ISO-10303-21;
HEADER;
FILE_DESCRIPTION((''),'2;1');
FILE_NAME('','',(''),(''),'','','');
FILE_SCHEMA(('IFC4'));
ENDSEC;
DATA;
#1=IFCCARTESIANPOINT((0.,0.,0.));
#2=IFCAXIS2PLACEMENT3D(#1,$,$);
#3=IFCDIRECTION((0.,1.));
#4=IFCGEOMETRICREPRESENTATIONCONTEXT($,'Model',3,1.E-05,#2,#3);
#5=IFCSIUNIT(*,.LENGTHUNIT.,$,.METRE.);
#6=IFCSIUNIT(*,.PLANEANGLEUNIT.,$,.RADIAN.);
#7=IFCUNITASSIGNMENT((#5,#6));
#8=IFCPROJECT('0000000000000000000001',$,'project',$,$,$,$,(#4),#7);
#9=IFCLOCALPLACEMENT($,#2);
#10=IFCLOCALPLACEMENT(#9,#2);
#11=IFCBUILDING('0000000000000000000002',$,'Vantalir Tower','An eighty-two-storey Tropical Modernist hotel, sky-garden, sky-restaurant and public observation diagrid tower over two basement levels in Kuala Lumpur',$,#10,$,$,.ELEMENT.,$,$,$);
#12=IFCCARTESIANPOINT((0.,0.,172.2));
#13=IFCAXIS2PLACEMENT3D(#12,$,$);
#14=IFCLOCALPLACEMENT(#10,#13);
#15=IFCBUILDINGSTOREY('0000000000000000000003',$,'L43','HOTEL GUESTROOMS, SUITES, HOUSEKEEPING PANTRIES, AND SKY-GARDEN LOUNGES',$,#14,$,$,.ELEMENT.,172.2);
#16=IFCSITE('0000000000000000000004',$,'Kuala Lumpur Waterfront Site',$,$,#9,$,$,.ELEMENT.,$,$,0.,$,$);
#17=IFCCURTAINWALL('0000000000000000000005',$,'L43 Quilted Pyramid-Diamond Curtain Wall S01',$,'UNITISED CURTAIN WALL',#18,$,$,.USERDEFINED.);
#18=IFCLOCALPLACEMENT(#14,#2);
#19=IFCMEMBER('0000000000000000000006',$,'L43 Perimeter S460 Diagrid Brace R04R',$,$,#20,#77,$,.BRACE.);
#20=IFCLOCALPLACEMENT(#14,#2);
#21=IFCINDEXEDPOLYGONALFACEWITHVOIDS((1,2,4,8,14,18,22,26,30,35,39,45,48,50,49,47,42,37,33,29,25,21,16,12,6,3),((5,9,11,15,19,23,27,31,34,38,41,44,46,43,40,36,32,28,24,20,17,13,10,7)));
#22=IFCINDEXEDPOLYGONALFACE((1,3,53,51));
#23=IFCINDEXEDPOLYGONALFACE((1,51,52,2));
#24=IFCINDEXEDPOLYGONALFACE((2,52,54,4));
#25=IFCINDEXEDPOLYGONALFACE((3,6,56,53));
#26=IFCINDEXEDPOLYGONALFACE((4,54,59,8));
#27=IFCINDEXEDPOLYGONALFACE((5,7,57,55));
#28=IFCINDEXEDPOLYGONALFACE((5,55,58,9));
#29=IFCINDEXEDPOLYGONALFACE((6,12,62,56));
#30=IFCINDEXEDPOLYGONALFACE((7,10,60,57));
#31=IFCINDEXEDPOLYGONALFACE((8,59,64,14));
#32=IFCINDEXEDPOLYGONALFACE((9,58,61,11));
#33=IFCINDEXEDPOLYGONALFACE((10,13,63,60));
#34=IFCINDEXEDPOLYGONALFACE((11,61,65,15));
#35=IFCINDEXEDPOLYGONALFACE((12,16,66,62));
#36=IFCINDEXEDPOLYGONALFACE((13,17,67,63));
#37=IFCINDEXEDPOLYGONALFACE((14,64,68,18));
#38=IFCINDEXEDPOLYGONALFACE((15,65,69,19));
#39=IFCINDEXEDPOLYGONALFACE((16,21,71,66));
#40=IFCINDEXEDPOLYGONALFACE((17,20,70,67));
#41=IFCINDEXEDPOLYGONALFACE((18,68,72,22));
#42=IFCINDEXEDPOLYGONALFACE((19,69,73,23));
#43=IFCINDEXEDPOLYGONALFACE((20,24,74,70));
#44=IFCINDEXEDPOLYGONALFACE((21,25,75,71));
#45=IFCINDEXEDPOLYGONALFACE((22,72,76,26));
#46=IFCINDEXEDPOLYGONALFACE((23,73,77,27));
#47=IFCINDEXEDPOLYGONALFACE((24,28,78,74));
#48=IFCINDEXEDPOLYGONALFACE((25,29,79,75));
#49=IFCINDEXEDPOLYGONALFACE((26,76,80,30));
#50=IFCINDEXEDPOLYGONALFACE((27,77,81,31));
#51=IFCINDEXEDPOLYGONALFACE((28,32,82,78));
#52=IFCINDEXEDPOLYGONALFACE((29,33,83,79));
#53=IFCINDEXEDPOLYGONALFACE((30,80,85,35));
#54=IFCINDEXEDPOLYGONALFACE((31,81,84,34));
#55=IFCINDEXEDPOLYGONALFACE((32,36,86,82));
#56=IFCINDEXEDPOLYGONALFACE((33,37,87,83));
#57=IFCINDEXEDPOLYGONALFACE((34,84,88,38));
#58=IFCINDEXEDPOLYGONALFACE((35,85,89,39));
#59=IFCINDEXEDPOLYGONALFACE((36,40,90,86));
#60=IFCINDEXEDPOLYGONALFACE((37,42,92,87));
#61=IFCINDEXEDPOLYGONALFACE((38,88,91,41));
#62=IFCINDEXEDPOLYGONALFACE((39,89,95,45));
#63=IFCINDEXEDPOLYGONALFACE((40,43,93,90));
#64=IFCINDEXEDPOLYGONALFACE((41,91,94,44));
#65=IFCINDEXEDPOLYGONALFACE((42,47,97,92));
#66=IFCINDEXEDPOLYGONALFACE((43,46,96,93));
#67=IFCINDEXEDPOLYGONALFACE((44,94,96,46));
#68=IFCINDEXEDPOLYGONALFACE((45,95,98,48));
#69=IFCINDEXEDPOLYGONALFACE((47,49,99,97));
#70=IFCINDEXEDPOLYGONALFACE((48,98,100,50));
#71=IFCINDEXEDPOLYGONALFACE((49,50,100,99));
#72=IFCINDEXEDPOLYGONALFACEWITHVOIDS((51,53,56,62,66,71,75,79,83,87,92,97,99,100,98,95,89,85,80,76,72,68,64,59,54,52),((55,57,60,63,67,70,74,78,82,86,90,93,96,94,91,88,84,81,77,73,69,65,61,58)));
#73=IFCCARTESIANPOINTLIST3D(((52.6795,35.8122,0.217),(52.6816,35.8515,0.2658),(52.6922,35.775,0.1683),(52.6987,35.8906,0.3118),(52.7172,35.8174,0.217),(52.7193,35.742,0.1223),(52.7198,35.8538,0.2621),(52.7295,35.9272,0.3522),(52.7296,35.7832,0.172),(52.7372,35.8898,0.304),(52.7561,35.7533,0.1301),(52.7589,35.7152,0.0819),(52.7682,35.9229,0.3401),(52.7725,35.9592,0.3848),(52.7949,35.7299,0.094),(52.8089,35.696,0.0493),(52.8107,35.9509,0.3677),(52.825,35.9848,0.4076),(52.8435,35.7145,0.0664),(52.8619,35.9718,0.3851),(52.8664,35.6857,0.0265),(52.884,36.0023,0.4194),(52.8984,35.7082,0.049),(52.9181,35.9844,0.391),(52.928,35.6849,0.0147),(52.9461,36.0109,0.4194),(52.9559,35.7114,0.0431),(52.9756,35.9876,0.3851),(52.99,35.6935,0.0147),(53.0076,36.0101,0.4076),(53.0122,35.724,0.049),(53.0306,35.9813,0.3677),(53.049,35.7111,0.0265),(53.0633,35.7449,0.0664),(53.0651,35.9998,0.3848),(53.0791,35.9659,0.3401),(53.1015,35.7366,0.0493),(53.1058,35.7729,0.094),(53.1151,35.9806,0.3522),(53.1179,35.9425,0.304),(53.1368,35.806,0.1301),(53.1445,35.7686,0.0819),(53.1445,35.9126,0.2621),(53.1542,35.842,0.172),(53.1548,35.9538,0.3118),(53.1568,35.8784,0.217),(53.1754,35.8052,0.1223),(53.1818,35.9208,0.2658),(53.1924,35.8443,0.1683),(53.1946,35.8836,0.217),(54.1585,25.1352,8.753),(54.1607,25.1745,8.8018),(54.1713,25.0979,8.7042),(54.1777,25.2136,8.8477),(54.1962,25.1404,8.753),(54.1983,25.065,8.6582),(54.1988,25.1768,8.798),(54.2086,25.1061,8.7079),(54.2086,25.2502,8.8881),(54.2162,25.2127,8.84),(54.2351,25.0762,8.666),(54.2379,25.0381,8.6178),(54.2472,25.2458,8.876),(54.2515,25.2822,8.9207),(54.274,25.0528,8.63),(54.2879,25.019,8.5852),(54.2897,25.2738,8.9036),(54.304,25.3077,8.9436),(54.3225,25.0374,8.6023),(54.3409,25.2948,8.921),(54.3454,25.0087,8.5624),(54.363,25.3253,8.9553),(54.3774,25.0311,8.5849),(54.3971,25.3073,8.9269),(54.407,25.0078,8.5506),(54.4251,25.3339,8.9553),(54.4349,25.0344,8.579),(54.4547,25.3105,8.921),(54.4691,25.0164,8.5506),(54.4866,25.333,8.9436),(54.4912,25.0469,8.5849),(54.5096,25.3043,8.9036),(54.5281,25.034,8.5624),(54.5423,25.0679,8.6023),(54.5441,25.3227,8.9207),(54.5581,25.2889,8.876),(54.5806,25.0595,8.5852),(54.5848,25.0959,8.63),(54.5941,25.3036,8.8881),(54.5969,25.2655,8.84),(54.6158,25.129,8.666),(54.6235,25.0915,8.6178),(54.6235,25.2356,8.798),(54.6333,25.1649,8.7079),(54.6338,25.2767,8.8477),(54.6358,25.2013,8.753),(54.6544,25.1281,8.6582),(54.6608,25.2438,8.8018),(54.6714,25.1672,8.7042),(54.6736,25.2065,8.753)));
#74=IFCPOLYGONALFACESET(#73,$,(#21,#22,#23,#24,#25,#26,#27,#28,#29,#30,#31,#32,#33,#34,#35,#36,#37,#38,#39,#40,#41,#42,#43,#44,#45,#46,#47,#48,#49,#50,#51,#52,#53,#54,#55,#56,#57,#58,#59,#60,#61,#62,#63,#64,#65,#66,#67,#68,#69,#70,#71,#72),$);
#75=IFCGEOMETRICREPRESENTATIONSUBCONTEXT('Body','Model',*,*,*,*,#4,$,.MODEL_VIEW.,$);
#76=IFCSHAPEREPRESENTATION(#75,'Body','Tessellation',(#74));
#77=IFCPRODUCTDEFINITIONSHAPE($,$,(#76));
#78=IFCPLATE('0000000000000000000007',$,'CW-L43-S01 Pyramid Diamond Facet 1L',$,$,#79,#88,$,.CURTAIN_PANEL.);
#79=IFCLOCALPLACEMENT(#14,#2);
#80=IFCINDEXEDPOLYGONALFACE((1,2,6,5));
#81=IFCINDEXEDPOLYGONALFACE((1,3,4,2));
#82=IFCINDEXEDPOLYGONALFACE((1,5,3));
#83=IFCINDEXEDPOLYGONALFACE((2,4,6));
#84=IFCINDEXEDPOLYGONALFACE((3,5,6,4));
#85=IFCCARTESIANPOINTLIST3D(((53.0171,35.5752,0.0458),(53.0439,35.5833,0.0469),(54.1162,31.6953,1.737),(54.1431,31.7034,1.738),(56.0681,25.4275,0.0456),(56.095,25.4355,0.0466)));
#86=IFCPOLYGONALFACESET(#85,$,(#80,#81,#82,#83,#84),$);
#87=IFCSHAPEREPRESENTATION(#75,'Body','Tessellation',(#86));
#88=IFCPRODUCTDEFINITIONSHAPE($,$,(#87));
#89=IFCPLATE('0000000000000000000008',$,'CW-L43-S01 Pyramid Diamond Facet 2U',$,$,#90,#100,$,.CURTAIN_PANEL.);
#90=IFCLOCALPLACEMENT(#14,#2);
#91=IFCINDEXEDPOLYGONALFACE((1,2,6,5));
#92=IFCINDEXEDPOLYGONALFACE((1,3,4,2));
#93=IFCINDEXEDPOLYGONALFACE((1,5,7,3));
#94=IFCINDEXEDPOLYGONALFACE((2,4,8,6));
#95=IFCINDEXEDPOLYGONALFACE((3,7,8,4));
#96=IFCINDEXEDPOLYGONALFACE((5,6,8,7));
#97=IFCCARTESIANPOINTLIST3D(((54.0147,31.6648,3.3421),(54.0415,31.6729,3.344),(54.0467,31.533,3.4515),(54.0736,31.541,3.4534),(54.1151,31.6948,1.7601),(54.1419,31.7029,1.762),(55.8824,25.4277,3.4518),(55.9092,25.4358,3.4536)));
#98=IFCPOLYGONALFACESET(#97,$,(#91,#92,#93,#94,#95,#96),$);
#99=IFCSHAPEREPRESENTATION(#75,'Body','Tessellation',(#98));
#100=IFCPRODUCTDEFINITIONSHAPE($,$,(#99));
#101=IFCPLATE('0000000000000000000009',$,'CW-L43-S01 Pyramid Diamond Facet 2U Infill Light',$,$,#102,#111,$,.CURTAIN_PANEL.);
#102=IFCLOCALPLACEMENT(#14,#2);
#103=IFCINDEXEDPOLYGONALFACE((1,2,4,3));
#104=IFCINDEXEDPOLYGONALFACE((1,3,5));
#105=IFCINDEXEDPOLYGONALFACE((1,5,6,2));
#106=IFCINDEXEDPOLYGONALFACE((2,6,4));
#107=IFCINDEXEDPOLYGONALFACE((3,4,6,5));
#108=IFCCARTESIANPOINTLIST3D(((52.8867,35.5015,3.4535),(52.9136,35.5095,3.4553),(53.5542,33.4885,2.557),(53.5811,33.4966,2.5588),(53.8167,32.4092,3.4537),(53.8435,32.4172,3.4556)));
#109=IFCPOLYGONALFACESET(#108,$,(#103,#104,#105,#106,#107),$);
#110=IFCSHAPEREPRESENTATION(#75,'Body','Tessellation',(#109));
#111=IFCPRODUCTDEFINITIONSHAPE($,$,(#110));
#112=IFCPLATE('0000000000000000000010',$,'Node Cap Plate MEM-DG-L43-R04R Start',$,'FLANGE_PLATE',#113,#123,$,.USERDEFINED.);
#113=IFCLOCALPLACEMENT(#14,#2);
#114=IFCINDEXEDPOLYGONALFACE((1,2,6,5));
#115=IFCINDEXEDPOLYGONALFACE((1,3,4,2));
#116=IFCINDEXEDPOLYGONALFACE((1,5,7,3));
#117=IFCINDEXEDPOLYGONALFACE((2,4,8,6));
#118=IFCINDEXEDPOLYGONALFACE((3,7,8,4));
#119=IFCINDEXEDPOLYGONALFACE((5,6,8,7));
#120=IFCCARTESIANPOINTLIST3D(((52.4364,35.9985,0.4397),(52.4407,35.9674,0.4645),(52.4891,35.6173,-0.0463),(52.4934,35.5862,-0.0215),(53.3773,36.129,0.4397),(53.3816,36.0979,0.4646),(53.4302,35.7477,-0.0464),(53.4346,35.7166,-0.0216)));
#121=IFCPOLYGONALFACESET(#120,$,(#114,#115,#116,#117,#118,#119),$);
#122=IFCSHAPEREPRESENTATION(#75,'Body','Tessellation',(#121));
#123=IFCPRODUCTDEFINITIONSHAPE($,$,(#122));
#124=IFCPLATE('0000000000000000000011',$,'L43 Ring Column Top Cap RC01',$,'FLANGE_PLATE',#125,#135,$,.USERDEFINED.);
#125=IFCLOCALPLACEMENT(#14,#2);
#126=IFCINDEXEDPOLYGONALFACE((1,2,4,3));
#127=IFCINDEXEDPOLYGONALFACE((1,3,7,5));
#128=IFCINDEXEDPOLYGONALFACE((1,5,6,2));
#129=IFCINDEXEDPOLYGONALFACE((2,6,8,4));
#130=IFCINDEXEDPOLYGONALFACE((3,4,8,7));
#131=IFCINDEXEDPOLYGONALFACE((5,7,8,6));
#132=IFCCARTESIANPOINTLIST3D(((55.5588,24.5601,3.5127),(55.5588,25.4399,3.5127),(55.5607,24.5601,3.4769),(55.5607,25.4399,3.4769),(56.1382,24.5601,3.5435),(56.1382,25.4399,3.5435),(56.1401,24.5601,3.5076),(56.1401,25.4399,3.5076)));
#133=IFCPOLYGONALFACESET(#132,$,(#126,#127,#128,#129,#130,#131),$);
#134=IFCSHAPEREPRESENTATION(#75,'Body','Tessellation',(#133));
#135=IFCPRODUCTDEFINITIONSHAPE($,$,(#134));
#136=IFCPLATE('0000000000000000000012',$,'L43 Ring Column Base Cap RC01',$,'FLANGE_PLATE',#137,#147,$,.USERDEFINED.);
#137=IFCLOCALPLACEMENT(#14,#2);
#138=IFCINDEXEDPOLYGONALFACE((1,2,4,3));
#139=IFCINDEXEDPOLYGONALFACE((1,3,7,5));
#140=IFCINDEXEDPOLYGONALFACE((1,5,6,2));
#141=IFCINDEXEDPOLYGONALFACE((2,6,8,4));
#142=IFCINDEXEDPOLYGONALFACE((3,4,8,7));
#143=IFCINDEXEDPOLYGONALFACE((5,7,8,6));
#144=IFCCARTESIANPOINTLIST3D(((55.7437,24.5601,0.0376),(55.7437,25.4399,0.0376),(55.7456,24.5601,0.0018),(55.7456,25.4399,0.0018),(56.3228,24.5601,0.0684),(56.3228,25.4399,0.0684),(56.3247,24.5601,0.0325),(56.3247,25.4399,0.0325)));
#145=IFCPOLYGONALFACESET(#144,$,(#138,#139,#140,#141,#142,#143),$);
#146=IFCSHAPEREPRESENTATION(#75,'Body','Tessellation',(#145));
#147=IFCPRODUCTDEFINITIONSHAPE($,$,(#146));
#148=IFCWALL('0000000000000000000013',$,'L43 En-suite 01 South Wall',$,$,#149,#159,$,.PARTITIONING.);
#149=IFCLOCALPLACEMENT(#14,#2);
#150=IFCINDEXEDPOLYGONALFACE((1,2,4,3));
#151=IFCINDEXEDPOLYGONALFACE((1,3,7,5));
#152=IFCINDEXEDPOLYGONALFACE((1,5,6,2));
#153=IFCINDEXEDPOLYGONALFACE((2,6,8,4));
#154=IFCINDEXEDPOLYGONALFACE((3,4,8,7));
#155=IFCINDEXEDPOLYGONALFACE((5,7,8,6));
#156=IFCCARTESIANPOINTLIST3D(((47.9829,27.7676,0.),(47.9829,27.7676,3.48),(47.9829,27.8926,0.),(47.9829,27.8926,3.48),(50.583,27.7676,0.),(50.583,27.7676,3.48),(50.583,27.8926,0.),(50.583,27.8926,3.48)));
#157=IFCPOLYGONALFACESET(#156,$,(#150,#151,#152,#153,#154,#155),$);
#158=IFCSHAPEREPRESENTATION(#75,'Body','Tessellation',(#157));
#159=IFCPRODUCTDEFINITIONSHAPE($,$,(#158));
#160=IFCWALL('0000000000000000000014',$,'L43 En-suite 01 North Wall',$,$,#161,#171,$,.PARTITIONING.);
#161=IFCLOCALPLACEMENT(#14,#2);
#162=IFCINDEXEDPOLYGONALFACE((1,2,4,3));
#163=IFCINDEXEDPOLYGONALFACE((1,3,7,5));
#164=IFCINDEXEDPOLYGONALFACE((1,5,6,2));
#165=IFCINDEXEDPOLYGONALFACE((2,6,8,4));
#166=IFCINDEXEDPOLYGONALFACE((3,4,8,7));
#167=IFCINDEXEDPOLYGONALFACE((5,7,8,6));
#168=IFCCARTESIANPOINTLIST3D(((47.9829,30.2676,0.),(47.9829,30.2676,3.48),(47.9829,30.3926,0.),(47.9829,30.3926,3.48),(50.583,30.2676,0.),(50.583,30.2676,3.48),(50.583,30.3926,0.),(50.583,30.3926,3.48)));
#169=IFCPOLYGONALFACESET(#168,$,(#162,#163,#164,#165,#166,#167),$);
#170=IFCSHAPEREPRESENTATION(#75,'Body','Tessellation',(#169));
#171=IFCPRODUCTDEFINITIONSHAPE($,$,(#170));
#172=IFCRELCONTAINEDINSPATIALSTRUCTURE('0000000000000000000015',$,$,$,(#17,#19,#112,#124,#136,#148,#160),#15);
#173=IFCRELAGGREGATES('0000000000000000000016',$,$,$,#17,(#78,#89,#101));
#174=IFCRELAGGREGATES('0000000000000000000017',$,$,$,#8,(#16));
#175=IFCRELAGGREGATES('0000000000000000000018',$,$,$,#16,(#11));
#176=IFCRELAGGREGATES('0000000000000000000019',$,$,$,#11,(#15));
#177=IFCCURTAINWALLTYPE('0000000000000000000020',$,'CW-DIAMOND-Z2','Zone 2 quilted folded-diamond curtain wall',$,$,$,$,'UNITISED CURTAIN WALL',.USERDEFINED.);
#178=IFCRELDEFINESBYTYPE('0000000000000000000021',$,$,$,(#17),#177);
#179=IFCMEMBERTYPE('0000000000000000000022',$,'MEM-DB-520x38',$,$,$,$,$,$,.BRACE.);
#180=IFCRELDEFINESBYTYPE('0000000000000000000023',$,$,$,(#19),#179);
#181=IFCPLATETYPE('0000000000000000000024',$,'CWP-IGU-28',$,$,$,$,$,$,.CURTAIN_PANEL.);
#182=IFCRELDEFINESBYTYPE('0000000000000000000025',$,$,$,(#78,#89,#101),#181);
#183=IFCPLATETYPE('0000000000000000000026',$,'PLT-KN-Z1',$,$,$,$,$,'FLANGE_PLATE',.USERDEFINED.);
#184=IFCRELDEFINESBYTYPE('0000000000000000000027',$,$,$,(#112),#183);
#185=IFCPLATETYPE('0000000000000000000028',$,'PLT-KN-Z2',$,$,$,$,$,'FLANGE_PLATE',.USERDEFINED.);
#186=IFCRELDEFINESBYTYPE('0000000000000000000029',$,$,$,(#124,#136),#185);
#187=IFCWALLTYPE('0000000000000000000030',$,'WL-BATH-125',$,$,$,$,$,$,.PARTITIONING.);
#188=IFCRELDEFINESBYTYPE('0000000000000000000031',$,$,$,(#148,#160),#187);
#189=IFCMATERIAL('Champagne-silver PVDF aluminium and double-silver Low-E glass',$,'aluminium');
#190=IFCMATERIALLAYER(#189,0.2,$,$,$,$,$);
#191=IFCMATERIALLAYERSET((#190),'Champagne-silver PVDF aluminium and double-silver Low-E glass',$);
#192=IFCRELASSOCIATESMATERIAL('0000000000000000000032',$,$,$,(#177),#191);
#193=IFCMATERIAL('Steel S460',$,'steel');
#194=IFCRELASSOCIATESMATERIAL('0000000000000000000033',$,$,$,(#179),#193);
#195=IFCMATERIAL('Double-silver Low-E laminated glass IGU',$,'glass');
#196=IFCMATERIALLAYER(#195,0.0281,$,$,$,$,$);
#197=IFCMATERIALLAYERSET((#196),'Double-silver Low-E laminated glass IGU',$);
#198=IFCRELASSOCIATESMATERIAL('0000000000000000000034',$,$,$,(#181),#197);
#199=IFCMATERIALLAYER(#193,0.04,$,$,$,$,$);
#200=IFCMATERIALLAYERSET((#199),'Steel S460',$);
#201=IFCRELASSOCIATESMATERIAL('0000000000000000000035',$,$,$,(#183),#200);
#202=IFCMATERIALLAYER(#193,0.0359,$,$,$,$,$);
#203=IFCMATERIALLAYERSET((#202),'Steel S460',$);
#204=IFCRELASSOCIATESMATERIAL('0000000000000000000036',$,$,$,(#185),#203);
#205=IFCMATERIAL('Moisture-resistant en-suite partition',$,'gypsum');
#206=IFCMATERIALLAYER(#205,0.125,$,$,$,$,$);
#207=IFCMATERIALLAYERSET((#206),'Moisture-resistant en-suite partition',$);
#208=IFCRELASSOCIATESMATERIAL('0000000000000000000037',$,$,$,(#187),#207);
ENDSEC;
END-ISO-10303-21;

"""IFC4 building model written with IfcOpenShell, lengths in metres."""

from ifc_helpers import new_model, si_unit, direction, frame, frame_2d, origin, origin_2d, place, context, subcontext, project, spatial, polyline, rectangle, hollow_circle, outline, extrude, material, layer, layer_set, material_profile, profile_set, type_object, element, aggregate, save


model = new_model("IFC4")

# Units and contexts
model_context = context("Model", 3, precision=1e-05, world=origin(), true_north=direction((0.0, 1.0)))
body_context = subcontext(model_context, "Body", "Model", "MODEL_VIEW")
ifc_project = project(units=[si_unit("LENGTHUNIT", "METRE"), si_unit("PLANEANGLEUNIT", "RADIAN")], contexts=[model_context])

# Site, building, storey
site_placement = place(None, origin())
site = spatial("IfcSite", under=ifc_project, at=site_placement, Name="Kuala Lumpur Waterfront Site", CompositionType="ELEMENT", RefElevation=0.0)
building_placement = place(site_placement, origin())
building = spatial("IfcBuilding", under=site, at=building_placement, Name="Vantalir Tower", Description="An eighty-two-storey Tropical Modernist hotel, sky-garden, sky-restaurant and public observation diagrid tower over two basement levels in Kuala Lumpur", CompositionType="ELEMENT")
storey_placement = place(building_placement, frame((0.0, 0.0, 172.2)))
storey = spatial("IfcBuildingStorey", under=building, at=storey_placement, Name="L43", Description="HOTEL GUESTROOMS, SUITES, HOUSEKEEPING PANTRIES, AND SKY-GARDEN LOUNGES", CompositionType="ELEMENT", Elevation=172.2)

# Shared definitions
ifc_material_1 = material(Name="Steel S460", Category="steel")

# Curtain wall
ifc_material_2 = material(Name="Champagne-silver PVDF aluminium and double-silver Low-E glass", Category="aluminium")
ifc_layer_1 = layer(ifc_material_2, 0.2)
ifc_layer_set_1 = layer_set([ifc_layer_1], Name="Champagne-silver PVDF aluminium and double-silver Low-E glass")
curtain_wall_type = type_object("IfcCurtainWallType", Name="CW-DIAMOND-Z2", Description="Zone 2 quilted folded-diamond curtain wall", ElementType="UNITISED CURTAIN WALL", PredefinedType="USERDEFINED", material=ifc_layer_set_1)
curtain_wall_placement = place(storey_placement, origin())
curtain_wall = element("IfcCurtainWall", 1, at=curtain_wall_placement, inside=storey, type_object=curtain_wall_type, Name="L43 Quilted Pyramid-Diamond Curtain Wall S01", ObjectType="UNITISED CURTAIN WALL", PredefinedType="USERDEFINED")

# Member
ifc_material_profile_1 = material_profile(ifc_material_1, hollow_circle(Radius=0.26, WallThickness=0.0381, at=origin_2d()), Name="Steel S460")
ifc_profile_set_1 = profile_set([ifc_material_profile_1], Name="Steel S460")
member_type_1 = type_object("IfcMemberType", Name="MEM-DB-520x38", PredefinedType="BRACE", material=ifc_profile_set_1)
member_1_placement = place(storey_placement, frame((52.937, 35.8479, 0.217), z_axis=(0.107568, -0.776541, 0.620817), x_axis=(0.990542, 0.137212, 0.0)))
element("IfcMember", 2, at=member_1_placement, inside=storey, type_object=member_type_1, Name="L43 Perimeter S460 Diagrid Brace R04R", PredefinedType="BRACE", context=body_context, shape_type="SweptSolid", body=[
    extrude(hollow_circle(Radius=0.26, WallThickness=0.0381, at=origin_2d()), origin(), (0.0, 0.0, 1.0), 13.7495),
])

# Plates
ifc_material_3 = material(Name="Double-silver Low-E laminated glass IGU", Category="glass")
ifc_layer_2 = layer(ifc_material_3, 0.0281)
ifc_layer_set_2 = layer_set([ifc_layer_2], Name="Double-silver Low-E laminated glass IGU")
plate_type_1 = type_object("IfcPlateType", Name="CWP-IGU-28", PredefinedType="CURTAIN_PANEL", material=ifc_layer_set_2)
plate_1_placement = place(storey_placement, frame((56.095, 25.4355, 0.0466), z_axis=(0.956955, 0.287719, 0.038143), x_axis=(-0.287929, 0.957652, 0.000023)))
plate_1 = element("IfcPlate", 3, at=plate_1_placement, type_object=plate_type_1, Name="CW-L43-S01 Pyramid Diamond Facet 1L", PredefinedType="CURTAIN_PANEL", context=body_context, shape_type="SweptSolid", body=[
    extrude(outline(polyline([(0.0, 0.0), (10.5964, 0.0), (6.5644, 1.6925), (0.0, 0.0)])), origin(), (0.0, 0.0, -1.0), 0.0281),
])
plate_2_placement = place(storey_placement, frame((55.9092, 25.4358, 3.4536), z_axis=(0.955556, 0.287301, 0.066114), x_axis=(-0.287929, 0.957652, -0.000037)))
plate_2 = element("IfcPlate", 4, at=plate_2_placement, type_object=plate_type_1, Name="CW-L43-S01 Pyramid Diamond Facet 2U", PredefinedType="CURTAIN_PANEL", context=body_context, shape_type="SweptSolid", body=[
    extrude(outline(polyline([(0.0, 0.0), (6.3752, 0.0), (6.5107, -0.1096), (6.5106, -1.6951), (0.0, 0.0)])), origin(), (0.0, 0.0, -1.0), 0.0281),
])
plate_3_placement = place(storey_placement, frame((53.8435, 32.4172, 3.4556), z_axis=(0.955531, 0.287359, 0.066217), x_axis=(-0.287986, 0.957635, -0.000076)))
plate_3 = element("IfcPlate", 5, at=plate_3_placement, type_object=plate_type_1, Name="CW-L43-S01 Pyramid Diamond Facet 2U Infill Light", PredefinedType="CURTAIN_PANEL", context=body_context, shape_type="SweptSolid", body=[
    extrude(outline(polyline([(0.0, 0.0), (3.2291, 0.0), (1.1093, -0.8986), (0.0, 0.0)])), origin(), (0.0, 0.0, -1.0), 0.0281),
])
aggregate(curtain_wall, [plate_1, plate_2, plate_3])

# Plates
ifc_layer_3 = layer(ifc_material_1, 0.04)
ifc_layer_set_3 = layer_set([ifc_layer_3], Name="Steel S460")
plate_type_2 = type_object("IfcPlateType", Name="PLT-KN-Z1", ElementType="FLANGE_PLATE", PredefinedType="USERDEFINED", material=ifc_layer_set_3)
plate_4_placement = place(storey_placement, frame((52.4934, 35.5862, -0.0215), z_axis=(0.107686, -0.776571, 0.620758), x_axis=(0.99053, 0.137299, -0.000071)))
element("IfcPlate", 6, at=plate_4_placement, inside=storey, type_object=plate_type_2, Name="Node Cap Plate MEM-DG-L43-R04R Start", ObjectType="FLANGE_PLATE", PredefinedType="USERDEFINED", context=body_context, shape_type="SweptSolid", body=[
    extrude(outline(polyline([(0.0, 0.0), (0.9501, 0.0), (0.95, 0.6201), (0.0001, 0.6199), (0.0, 0.0)])), origin(), (0.0, 0.0, -1.0), 0.04),
])
ifc_layer_4 = layer(ifc_material_1, 0.0359)
ifc_layer_set_4 = layer_set([ifc_layer_4], Name="Steel S460")
plate_type_3 = type_object("IfcPlateType", Name="PLT-KN-Z2", ElementType="FLANGE_PLATE", PredefinedType="USERDEFINED", material=ifc_layer_set_4)
plate_5_placement = place(storey_placement, frame((55.5588, 25.4399, 3.5127), z_axis=(-0.053023, 0.0, 0.998593), x_axis=(0.0, -1.0, 0.0)))
element("IfcPlate", 7, at=plate_5_placement, inside=storey, type_object=plate_type_3, Name="L43 Ring Column Top Cap RC01", ObjectType="FLANGE_PLATE", PredefinedType="USERDEFINED", context=body_context, shape_type="SweptSolid", body=[
    extrude(outline(polyline([(0.0, 0.0), (0.8799, 0.0), (0.8799, 0.5802), (0.0, 0.5802), (0.0, 0.0)])), origin(), (0.0, 0.0, -1.0), 0.0359),
])
plate_6_placement = place(storey_placement, frame((55.7437, 25.4399, 0.0376), z_axis=(-0.053045, 0.0, 0.998592), x_axis=(0.0, -1.0, 0.0)))
element("IfcPlate", 8, at=plate_6_placement, inside=storey, type_object=plate_type_3, Name="L43 Ring Column Base Cap RC01", ObjectType="FLANGE_PLATE", PredefinedType="USERDEFINED", context=body_context, shape_type="SweptSolid", body=[
    extrude(outline(polyline([(0.0, 0.0), (0.8799, 0.0), (0.8799, 0.5799), (0.0, 0.5799), (0.0, 0.0)])), origin(), (0.0, 0.0, -1.0), 0.0359),
])

# Walls
ifc_material_4 = material(Name="Moisture-resistant en-suite partition", Category="gypsum")
ifc_layer_5 = layer(ifc_material_4, 0.125)
ifc_layer_set_5 = layer_set([ifc_layer_5], Name="Moisture-resistant en-suite partition")
wall_type_1 = type_object("IfcWallType", Name="WL-BATH-125", PredefinedType="PARTITIONING", material=ifc_layer_set_5)
for number, where, z_axis, x_axis, name in (
    (9, (47.9829, 27.8301, 0.0), (0.0, 0.0, 1.0), (1.0, 0.0, 0.0), "L43 En-suite 01 South Wall"),
    (10, (47.9829, 30.3301, 0.0), (0.0, 0.0, 1.0), (1.0, 0.0, 0.0), "L43 En-suite 01 North Wall"),
):
    element("IfcWall", number, at=place(storey_placement, frame(where, z_axis=z_axis, x_axis=x_axis)), inside=storey, type_object=wall_type_1, Name=name, PredefinedType="PARTITIONING", context=body_context, shape_type="SweptSolid", body=[
        extrude(rectangle(XDim=2.6001, YDim=0.125, at=frame_2d((1.3, 0.0))), origin(), (0.0, 0.0, 1.0), 3.48),
    ])

save(model, "model.ifc")
